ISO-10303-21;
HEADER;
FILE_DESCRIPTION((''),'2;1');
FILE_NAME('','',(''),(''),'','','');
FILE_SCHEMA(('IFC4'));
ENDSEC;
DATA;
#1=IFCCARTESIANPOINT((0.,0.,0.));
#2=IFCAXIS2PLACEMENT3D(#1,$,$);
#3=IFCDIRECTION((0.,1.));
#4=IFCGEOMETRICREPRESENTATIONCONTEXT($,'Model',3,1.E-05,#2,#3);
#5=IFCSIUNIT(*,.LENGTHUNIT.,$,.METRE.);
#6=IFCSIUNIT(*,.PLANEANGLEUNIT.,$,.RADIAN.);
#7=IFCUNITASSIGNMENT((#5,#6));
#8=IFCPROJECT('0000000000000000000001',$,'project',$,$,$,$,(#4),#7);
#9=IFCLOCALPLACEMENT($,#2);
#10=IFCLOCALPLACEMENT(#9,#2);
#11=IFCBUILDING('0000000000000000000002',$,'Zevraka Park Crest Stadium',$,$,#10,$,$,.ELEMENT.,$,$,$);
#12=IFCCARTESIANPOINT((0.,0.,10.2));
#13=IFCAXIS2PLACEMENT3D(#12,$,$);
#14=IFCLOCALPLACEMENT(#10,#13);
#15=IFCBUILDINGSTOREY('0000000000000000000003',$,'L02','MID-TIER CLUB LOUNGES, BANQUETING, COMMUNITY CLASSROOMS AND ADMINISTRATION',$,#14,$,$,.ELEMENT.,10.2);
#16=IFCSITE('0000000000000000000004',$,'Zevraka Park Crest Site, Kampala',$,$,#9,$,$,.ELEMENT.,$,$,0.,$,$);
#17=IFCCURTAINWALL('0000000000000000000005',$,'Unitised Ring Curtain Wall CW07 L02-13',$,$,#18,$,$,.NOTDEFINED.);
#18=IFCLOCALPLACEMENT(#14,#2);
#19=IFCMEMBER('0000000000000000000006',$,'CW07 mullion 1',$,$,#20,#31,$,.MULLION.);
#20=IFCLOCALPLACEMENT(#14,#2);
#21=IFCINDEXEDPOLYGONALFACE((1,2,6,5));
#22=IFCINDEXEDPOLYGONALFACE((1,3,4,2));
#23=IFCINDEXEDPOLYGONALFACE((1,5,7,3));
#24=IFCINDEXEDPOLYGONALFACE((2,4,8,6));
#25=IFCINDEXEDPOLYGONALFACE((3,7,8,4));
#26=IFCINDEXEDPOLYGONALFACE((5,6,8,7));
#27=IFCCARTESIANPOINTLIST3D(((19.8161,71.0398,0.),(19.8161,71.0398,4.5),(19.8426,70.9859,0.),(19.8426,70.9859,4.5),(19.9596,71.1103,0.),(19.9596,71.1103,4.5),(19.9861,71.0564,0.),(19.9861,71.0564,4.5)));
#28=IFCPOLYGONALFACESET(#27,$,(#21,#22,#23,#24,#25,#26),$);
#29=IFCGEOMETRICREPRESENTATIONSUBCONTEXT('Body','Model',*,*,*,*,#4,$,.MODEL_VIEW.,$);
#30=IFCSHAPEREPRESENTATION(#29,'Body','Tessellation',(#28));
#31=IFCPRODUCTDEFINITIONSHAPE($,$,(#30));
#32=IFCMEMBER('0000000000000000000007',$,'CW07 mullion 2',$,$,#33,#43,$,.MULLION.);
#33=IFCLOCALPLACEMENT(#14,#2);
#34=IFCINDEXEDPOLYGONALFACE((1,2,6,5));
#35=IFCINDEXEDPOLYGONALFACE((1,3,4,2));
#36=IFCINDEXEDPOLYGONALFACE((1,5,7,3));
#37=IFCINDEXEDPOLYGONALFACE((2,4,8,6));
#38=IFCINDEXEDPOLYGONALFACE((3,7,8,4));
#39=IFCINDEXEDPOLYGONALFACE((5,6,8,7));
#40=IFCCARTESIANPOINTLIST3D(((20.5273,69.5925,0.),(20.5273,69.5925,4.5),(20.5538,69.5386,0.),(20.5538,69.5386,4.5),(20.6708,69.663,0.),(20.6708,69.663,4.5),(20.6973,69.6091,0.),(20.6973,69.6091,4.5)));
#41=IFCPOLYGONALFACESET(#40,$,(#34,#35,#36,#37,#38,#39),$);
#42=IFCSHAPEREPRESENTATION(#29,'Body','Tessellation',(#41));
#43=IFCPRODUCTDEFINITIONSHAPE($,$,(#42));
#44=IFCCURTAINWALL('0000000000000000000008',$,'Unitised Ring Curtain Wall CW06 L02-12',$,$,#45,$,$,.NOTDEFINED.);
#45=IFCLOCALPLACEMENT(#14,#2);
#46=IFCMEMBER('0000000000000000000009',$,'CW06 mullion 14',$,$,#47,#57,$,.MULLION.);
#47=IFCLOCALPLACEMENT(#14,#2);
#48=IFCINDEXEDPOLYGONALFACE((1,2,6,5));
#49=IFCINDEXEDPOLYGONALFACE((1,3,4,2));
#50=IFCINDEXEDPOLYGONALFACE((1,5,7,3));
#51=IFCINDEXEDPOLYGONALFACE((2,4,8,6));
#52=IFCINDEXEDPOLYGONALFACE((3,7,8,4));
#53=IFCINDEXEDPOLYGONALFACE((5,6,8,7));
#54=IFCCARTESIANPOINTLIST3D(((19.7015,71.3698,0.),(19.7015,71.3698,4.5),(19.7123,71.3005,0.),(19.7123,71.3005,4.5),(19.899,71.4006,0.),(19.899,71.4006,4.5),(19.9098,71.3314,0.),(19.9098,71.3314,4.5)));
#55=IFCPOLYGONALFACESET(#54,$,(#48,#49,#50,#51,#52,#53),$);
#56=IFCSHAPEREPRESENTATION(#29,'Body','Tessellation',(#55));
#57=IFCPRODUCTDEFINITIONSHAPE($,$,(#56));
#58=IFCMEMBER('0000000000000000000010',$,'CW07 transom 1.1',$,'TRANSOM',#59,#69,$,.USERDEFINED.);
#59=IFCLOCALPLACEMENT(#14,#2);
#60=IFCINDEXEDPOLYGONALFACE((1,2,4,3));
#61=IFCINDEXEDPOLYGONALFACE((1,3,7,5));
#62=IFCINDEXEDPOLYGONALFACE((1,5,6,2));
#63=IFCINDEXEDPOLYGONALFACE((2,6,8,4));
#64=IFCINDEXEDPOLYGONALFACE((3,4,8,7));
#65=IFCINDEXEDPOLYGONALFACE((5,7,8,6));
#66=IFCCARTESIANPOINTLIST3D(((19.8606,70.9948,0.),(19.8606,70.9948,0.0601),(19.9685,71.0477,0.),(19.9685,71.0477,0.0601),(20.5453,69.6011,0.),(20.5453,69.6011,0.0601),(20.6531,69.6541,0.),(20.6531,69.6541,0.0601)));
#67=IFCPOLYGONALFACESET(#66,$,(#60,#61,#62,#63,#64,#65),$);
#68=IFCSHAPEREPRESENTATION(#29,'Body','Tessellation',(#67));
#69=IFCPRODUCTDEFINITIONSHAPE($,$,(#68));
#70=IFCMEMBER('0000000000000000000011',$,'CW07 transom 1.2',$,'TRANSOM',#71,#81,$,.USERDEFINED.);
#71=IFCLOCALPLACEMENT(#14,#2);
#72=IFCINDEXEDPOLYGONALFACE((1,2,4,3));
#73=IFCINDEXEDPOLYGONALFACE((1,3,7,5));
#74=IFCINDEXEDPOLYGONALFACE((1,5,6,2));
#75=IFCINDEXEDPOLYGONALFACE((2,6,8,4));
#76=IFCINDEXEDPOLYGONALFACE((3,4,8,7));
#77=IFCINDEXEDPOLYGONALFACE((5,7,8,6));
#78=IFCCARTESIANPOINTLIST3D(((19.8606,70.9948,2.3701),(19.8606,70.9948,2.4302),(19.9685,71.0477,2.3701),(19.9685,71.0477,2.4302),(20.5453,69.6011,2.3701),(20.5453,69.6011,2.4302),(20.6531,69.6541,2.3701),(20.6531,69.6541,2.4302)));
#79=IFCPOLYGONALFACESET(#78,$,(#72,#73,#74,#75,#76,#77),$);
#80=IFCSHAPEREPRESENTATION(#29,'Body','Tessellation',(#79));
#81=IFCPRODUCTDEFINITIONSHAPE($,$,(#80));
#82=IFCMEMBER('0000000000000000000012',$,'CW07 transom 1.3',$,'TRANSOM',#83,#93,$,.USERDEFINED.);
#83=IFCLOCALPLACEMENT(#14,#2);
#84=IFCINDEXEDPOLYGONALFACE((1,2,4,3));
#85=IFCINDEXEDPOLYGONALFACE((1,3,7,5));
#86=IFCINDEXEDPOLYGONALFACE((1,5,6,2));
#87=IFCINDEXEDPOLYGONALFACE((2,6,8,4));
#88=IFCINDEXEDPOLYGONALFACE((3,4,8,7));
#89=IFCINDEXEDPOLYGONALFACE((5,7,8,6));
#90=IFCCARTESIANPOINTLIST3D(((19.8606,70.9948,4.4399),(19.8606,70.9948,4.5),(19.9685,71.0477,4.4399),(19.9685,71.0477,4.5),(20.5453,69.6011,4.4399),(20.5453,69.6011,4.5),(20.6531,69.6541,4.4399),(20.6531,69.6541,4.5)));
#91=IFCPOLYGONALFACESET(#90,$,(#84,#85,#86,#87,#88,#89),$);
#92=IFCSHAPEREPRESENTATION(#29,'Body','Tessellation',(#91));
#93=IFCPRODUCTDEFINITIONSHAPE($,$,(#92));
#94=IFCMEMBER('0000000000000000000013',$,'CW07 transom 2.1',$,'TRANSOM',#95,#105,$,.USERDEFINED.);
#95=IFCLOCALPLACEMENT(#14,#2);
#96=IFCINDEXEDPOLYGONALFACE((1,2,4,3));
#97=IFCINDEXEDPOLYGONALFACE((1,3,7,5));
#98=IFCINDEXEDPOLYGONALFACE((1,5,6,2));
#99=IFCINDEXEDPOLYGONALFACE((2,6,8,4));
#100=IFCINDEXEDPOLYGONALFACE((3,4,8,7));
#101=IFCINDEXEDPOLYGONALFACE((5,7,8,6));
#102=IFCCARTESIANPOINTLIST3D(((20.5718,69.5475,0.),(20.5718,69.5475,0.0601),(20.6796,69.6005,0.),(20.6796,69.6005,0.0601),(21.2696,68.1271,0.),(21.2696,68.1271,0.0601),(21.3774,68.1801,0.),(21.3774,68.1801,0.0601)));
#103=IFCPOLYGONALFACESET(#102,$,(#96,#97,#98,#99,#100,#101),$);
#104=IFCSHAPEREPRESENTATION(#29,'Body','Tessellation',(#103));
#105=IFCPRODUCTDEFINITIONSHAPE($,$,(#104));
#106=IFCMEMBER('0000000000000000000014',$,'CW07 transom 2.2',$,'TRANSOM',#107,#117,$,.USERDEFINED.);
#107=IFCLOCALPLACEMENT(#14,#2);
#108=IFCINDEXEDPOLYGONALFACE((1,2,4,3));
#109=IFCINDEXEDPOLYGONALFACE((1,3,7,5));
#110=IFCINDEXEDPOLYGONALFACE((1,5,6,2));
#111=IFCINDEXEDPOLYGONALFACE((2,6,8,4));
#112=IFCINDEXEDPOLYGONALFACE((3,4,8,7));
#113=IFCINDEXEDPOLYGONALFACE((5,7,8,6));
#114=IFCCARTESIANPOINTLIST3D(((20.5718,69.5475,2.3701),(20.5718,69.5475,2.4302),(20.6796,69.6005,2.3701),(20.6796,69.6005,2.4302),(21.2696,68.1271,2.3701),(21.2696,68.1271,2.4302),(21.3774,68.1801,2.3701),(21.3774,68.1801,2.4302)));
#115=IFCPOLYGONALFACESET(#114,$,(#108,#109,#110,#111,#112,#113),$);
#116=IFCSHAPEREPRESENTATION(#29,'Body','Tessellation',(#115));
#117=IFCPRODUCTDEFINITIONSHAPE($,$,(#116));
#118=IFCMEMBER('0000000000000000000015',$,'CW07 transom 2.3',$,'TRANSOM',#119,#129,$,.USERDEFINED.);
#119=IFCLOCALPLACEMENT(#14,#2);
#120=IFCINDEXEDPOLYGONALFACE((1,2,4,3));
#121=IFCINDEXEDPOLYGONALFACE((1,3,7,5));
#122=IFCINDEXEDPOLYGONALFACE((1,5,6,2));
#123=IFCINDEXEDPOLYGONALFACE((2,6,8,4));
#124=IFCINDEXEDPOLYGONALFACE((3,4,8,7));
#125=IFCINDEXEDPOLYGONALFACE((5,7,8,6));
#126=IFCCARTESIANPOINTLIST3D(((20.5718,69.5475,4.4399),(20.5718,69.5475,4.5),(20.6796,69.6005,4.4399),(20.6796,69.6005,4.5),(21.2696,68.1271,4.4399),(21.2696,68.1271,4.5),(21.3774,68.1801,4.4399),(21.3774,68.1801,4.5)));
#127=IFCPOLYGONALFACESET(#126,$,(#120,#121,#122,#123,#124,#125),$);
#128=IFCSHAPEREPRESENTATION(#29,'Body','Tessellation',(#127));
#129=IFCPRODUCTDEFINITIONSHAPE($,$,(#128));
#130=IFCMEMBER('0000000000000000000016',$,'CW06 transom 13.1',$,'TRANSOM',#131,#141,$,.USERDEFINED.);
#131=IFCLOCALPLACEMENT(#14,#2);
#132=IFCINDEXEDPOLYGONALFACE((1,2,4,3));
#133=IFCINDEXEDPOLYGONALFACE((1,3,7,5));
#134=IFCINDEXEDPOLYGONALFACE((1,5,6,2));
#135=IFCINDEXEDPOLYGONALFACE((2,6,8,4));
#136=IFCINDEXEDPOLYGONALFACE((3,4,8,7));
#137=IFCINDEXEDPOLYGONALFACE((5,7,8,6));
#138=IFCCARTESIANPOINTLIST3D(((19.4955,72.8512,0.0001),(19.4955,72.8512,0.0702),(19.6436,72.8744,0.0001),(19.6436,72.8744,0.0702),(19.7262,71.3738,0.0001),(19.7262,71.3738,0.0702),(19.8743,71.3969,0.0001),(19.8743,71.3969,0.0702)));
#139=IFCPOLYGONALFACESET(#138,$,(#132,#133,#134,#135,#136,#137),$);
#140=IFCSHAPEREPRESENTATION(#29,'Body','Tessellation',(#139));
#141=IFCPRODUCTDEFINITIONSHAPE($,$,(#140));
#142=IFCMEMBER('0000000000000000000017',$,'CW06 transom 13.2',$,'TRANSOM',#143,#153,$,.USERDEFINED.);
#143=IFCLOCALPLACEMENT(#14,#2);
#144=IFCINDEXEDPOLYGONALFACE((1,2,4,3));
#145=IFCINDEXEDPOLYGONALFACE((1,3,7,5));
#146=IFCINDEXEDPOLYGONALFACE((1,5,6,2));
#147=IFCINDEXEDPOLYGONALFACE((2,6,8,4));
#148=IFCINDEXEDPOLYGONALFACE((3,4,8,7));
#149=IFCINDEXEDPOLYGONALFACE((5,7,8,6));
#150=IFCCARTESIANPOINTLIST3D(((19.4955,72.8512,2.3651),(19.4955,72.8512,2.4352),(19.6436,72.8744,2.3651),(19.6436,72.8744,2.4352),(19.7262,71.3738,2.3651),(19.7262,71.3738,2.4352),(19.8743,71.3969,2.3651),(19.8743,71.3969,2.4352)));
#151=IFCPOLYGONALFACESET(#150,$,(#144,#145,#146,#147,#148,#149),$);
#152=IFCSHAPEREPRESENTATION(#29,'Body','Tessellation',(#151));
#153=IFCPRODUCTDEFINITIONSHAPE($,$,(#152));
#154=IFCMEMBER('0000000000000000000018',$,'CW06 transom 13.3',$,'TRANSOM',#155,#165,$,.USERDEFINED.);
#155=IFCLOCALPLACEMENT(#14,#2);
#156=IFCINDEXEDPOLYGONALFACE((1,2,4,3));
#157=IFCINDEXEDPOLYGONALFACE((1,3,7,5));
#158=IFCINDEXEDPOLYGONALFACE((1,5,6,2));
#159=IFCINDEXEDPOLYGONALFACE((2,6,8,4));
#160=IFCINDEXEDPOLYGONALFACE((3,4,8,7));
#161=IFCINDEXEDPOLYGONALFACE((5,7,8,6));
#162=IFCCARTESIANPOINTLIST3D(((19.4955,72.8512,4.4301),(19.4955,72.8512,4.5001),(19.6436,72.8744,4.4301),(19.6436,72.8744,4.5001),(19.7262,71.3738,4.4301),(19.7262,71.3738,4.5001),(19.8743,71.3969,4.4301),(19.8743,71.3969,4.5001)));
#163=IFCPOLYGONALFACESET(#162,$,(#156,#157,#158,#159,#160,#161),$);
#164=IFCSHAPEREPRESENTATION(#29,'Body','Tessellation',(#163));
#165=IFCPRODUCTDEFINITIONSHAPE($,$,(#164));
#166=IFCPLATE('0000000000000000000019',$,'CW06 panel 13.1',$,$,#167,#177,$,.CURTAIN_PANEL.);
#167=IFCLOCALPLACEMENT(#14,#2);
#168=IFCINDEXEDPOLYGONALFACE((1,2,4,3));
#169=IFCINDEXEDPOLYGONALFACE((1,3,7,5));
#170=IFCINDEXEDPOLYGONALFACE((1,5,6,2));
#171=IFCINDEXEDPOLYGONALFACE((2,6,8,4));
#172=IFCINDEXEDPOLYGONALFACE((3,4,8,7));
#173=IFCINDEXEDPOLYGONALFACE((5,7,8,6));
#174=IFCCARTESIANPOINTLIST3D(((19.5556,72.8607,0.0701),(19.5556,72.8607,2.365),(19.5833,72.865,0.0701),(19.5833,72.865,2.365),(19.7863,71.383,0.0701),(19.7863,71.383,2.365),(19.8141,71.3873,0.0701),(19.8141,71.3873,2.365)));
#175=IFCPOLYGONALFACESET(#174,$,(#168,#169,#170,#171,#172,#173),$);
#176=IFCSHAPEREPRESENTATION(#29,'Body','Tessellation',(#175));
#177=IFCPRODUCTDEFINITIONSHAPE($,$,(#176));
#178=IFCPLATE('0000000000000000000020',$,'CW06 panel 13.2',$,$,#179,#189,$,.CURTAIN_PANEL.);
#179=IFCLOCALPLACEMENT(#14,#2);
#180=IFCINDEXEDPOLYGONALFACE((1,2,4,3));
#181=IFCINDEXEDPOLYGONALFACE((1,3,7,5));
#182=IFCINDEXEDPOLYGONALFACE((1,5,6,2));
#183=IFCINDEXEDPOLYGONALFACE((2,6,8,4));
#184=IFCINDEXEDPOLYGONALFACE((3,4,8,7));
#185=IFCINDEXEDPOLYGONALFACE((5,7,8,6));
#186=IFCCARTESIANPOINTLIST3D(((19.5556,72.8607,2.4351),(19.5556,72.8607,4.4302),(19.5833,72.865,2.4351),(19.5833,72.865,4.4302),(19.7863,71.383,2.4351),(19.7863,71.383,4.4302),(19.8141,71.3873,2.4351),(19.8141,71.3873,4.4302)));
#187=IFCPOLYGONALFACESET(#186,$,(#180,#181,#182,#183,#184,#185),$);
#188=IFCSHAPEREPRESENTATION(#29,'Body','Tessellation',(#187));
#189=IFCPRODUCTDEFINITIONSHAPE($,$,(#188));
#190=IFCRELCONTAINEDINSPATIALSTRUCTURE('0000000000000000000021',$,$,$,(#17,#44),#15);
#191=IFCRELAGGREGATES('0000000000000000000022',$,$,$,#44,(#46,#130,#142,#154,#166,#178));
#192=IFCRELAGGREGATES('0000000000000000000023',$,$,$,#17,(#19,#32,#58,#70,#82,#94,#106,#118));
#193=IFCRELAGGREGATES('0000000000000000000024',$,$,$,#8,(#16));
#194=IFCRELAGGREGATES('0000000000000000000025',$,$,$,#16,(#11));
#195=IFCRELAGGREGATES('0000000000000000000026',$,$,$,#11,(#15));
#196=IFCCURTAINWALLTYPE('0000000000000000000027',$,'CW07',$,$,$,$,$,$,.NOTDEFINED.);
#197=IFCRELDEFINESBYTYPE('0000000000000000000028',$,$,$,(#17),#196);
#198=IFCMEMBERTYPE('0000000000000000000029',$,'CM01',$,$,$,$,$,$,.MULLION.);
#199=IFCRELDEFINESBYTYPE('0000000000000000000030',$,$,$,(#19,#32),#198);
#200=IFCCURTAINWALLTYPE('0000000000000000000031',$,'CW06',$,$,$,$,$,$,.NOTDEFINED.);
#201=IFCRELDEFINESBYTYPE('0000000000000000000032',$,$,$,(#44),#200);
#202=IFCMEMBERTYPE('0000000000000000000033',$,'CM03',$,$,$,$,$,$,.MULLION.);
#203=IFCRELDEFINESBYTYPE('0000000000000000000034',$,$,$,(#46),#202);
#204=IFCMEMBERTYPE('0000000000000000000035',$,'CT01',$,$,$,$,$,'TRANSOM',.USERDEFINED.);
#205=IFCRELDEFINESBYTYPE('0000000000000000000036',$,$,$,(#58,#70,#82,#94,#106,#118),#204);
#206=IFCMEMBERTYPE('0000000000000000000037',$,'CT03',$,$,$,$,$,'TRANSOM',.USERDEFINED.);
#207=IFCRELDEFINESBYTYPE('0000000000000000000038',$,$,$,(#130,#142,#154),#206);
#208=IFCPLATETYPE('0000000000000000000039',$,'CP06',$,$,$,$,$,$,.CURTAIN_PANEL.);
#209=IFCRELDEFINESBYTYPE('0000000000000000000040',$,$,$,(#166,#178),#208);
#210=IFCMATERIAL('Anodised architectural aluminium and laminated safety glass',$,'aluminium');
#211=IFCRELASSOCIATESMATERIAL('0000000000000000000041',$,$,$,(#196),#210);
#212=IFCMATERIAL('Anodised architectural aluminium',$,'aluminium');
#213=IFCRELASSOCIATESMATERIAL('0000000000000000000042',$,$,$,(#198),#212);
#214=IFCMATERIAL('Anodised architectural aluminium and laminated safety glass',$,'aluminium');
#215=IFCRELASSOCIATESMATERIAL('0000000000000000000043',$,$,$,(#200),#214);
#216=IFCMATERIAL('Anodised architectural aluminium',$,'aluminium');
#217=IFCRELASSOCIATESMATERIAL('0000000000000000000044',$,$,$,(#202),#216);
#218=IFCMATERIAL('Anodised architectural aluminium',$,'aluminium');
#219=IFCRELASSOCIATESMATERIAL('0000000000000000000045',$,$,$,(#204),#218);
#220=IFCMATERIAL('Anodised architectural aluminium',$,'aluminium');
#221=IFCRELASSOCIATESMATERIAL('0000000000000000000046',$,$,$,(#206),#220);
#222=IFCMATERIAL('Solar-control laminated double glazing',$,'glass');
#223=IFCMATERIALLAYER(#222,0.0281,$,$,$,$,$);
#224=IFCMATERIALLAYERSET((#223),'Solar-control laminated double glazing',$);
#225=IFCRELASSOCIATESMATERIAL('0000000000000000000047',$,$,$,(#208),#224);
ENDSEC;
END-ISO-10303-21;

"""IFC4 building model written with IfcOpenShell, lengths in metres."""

from ifc_helpers import new_model, si_unit, direction, frame, origin, origin_2d, place, context, subcontext, project, spatial, rectangle, extrude, material, layer, layer_set, material_profile, profile_set, type_object, element, aggregate, save


model = new_model("IFC4")

# Units and contexts
model_context = context("Model", 3, precision=1e-05, world=origin(), true_north=direction((0.0, 1.0)))
body_context = subcontext(model_context, "Body", "Model", "MODEL_VIEW")
ifc_project = project(units=[si_unit("LENGTHUNIT", "METRE"), si_unit("PLANEANGLEUNIT", "RADIAN")], contexts=[model_context])

# Site, building, storey
site_placement = place(None, origin())
site = spatial("IfcSite", under=ifc_project, at=site_placement, Name="Zevraka Park Crest Site, Kampala", CompositionType="ELEMENT", RefElevation=0.0)
building_placement = place(site_placement, origin())
building = spatial("IfcBuilding", under=site, at=building_placement, Name="Zevraka Park Crest Stadium", CompositionType="ELEMENT")
storey_placement = place(building_placement, frame((0.0, 0.0, 10.2)))
storey = spatial("IfcBuildingStorey", under=building, at=storey_placement, Name="L02", Description="MID-TIER CLUB LOUNGES, BANQUETING, COMMUNITY CLASSROOMS AND ADMINISTRATION", CompositionType="ELEMENT", Elevation=10.2)

# Curtain wall, members
ifc_material_1 = material(Name="Anodised architectural aluminium and laminated safety glass", Category="aluminium")
curtain_wall_type_1 = type_object("IfcCurtainWallType", Name="CW07", PredefinedType="NOTDEFINED", material=ifc_material_1)
curtain_wall_1_placement = place(storey_placement, origin())
curtain_wall_1 = element("IfcCurtainWall", 1, at=curtain_wall_1_placement, inside=storey, type_object=curtain_wall_type_1, Name="Unitised Ring Curtain Wall CW07 L02-13", PredefinedType="NOTDEFINED")
ifc_material_2 = material(Name="Anodised architectural aluminium", Category="aluminium")
ifc_material_profile_1 = material_profile(ifc_material_2, rectangle(XDim=0.1599, YDim=0.0601, at=origin_2d()), Name="ALU MULLION 160x60")
ifc_profile_set_1 = profile_set([ifc_material_profile_1], Name="Anodised architectural aluminium")
member_type_1 = type_object("IfcMemberType", Name="CM01", PredefinedType="MULLION", material=ifc_profile_set_1)
member_1_placement = place(storey_placement, frame((19.9011, 71.0481, 0.0), z_axis=(0.0, 0.0, 1.0), x_axis=(0.897497, 0.441021, 0.0)))
member_1 = element("IfcMember", 2, at=member_1_placement, type_object=member_type_1, Name="CW07 mullion 1", PredefinedType="MULLION", context=body_context, shape_type="SweptSolid", body=[
    extrude(rectangle(XDim=0.1599, YDim=0.0601, at=origin_2d()), origin(), (0.0, 0.0, 1.0), 4.5),
])
member_2_placement = place(storey_placement, frame((20.6123, 69.6008, 0.0), z_axis=(0.0, 0.0, 1.0), x_axis=(0.897497, 0.441021, 0.0)))
member_2 = element("IfcMember", 3, at=member_2_placement, type_object=member_type_1, Name="CW07 mullion 2", PredefinedType="MULLION", context=body_context, shape_type="SweptSolid", body=[
    extrude(rectangle(XDim=0.1599, YDim=0.0601, at=origin_2d()), origin(), (0.0, 0.0, 1.0), 4.5),
])

# Curtain wall, member
ifc_material_3 = material(Name="Anodised architectural aluminium and laminated safety glass", Category="aluminium")
curtain_wall_type_2 = type_object("IfcCurtainWallType", Name="CW06", PredefinedType="NOTDEFINED", material=ifc_material_3)
curtain_wall_2_placement = place(storey_placement, origin())
curtain_wall_2 = element("IfcCurtainWall", 4, at=curtain_wall_2_placement, inside=storey, type_object=curtain_wall_type_2, Name="Unitised Ring Curtain Wall CW06 L02-12", PredefinedType="NOTDEFINED")
ifc_material_4 = material(Name="Anodised architectural aluminium", Category="aluminium")
ifc_material_profile_2 = material_profile(ifc_material_4, rectangle(XDim=0.2, YDim=0.0701, at=origin_2d()), Name="ALU MULLION 200x70")
ifc_profile_set_2 = profile_set([ifc_material_profile_2], Name="Anodised architectural aluminium")
member_type_2 = type_object("IfcMemberType", Name="CM03", PredefinedType="MULLION", material=ifc_profile_set_2)
member_3_placement = place(storey_placement, frame((19.8057, 71.3506, 0.0), z_axis=(0.0, 0.0, 1.0), x_axis=(0.988028, 0.154274, 0.0)))
member_3 = element("IfcMember", 5, at=member_3_placement, type_object=member_type_2, Name="CW06 mullion 14", PredefinedType="MULLION", context=body_context, shape_type="SweptSolid", body=[
    extrude(rectangle(XDim=0.2, YDim=0.0701, at=origin_2d()), origin(), (0.0, 0.0, 1.0), 4.5),
])

# Members
ifc_material_5 = material(Name="Anodised architectural aluminium", Category="aluminium")
ifc_material_profile_3 = material_profile(ifc_material_5, rectangle(XDim=0.1201, YDim=0.0601, at=origin_2d()), Name="ALU TRANSOM 120x60")
ifc_profile_set_3 = profile_set([ifc_material_profile_3], Name="Anodised architectural aluminium")
member_type_3 = type_object("IfcMemberType", Name="CT01", ElementType="TRANSOM", PredefinedType="USERDEFINED", material=ifc_profile_set_3)
member_4_placement = place(storey_placement, frame((19.9146, 71.0212, 0.03), z_axis=(0.440913, -0.89755, 0.0), x_axis=(0.89755, 0.440913, 0.0)))
member_4 = element("IfcMember", 6, at=member_4_placement, type_object=member_type_3, Name="CW07 transom 1.1", ObjectType="TRANSOM", PredefinedType="USERDEFINED", context=body_context, shape_type="SweptSolid", body=[
    extrude(rectangle(XDim=0.1201, YDim=0.0601, at=origin_2d()), origin(), (0.0, 0.0, 1.0), 1.5527),
])
member_5_placement = place(storey_placement, frame((19.9146, 71.0212, 2.4001), z_axis=(0.440913, -0.89755, 0.0), x_axis=(0.89755, 0.440913, 0.0)))
member_5 = element("IfcMember", 7, at=member_5_placement, type_object=member_type_3, Name="CW07 transom 1.2", ObjectType="TRANSOM", PredefinedType="USERDEFINED", context=body_context, shape_type="SweptSolid", body=[
    extrude(rectangle(XDim=0.1201, YDim=0.0601, at=origin_2d()), origin(), (0.0, 0.0, 1.0), 1.5527),
])
member_6_placement = place(storey_placement, frame((19.9146, 71.0212, 4.47), z_axis=(0.440913, -0.89755, 0.0), x_axis=(0.89755, 0.440913, 0.0)))
member_6 = element("IfcMember", 8, at=member_6_placement, type_object=member_type_3, Name="CW07 transom 1.3", ObjectType="TRANSOM", PredefinedType="USERDEFINED", context=body_context, shape_type="SweptSolid", body=[
    extrude(rectangle(XDim=0.1201, YDim=0.0601, at=origin_2d()), origin(), (0.0, 0.0, 1.0), 1.5527),
])
member_7_placement = place(storey_placement, frame((20.6257, 69.574, 0.03), z_axis=(0.440908, -0.897552, 0.0), x_axis=(0.897552, 0.440908, 0.0)))
member_7 = element("IfcMember", 9, at=member_7_placement, type_object=member_type_3, Name="CW07 transom 2.1", ObjectType="TRANSOM", PredefinedType="USERDEFINED", context=body_context, shape_type="SweptSolid", body=[
    extrude(rectangle(XDim=0.1201, YDim=0.0601, at=origin_2d()), origin(), (0.0, 0.0, 1.0), 1.5825),
])
member_8_placement = place(storey_placement, frame((20.6257, 69.574, 2.4001), z_axis=(0.440908, -0.897552, 0.0), x_axis=(0.897552, 0.440908, 0.0)))
member_8 = element("IfcMember", 10, at=member_8_placement, type_object=member_type_3, Name="CW07 transom 2.2", ObjectType="TRANSOM", PredefinedType="USERDEFINED", context=body_context, shape_type="SweptSolid", body=[
    extrude(rectangle(XDim=0.1201, YDim=0.0601, at=origin_2d()), origin(), (0.0, 0.0, 1.0), 1.5825),
])
member_9_placement = place(storey_placement, frame((20.6257, 69.574, 4.47), z_axis=(0.440908, -0.897552, 0.0), x_axis=(0.897552, 0.440908, 0.0)))
member_9 = element("IfcMember", 11, at=member_9_placement, type_object=member_type_3, Name="CW07 transom 2.3", ObjectType="TRANSOM", PredefinedType="USERDEFINED", context=body_context, shape_type="SweptSolid", body=[
    extrude(rectangle(XDim=0.1201, YDim=0.0601, at=origin_2d()), origin(), (0.0, 0.0, 1.0), 1.5825),
])
ifc_material_6 = material(Name="Anodised architectural aluminium", Category="aluminium")
ifc_material_profile_4 = material_profile(ifc_material_6, rectangle(XDim=0.1499, YDim=0.0701, at=origin_2d()), Name="ALU TRANSOM 150x70")
ifc_profile_set_4 = profile_set([ifc_material_profile_4], Name="Anodised architectural aluminium")
member_type_4 = type_object("IfcMemberType", Name="CT03", ElementType="TRANSOM", PredefinedType="USERDEFINED", material=ifc_profile_set_4)
member_10_placement = place(storey_placement, frame((19.5696, 72.8628, 0.0352), z_axis=(0.154277, -0.988028, 0.0), x_axis=(0.988028, 0.154277, 0.0)))
member_10 = element("IfcMember", 12, at=member_10_placement, type_object=member_type_4, Name="CW06 transom 13.1", ObjectType="TRANSOM", PredefinedType="USERDEFINED", context=body_context, shape_type="SweptSolid", body=[
    extrude(rectangle(XDim=0.1499, YDim=0.0701, at=origin_2d()), origin(), (0.0, 0.0, 1.0), 1.4954),
])
member_11_placement = place(storey_placement, frame((19.5696, 72.8628, 2.4001), z_axis=(0.154277, -0.988028, 0.0), x_axis=(0.988028, 0.154277, 0.0)))
member_11 = element("IfcMember", 13, at=member_11_placement, type_object=member_type_4, Name="CW06 transom 13.2", ObjectType="TRANSOM", PredefinedType="USERDEFINED", context=body_context, shape_type="SweptSolid", body=[
    extrude(rectangle(XDim=0.1499, YDim=0.0701, at=origin_2d()), origin(), (0.0, 0.0, 1.0), 1.4954),
])
member_12_placement = place(storey_placement, frame((19.5696, 72.8628, 4.4651), z_axis=(0.154277, -0.988028, 0.0), x_axis=(0.988028, 0.154277, 0.0)))
member_12 = element("IfcMember", 14, at=member_12_placement, type_object=member_type_4, Name="CW06 transom 13.3", ObjectType="TRANSOM", PredefinedType="USERDEFINED", context=body_context, shape_type="SweptSolid", body=[
    extrude(rectangle(XDim=0.1499, YDim=0.0701, at=origin_2d()), origin(), (0.0, 0.0, 1.0), 1.4954),
])

# Plates
ifc_material_7 = material(Name="Solar-control laminated double glazing", Category="glass")
ifc_layer_1 = layer(ifc_material_7, 0.0281)
ifc_layer_set_1 = layer_set([ifc_layer_1], Name="Solar-control laminated double glazing")
plate_type_1 = type_object("IfcPlateType", Name="CP06", PredefinedType="CURTAIN_PANEL", material=ifc_layer_set_1)
plate_1_placement = place(storey_placement, frame((19.6848, 72.124, 0.0701), z_axis=(0.0, 0.0, 1.0), x_axis=(0.154274, -0.988028, 0.0)))
plate_1 = element("IfcPlate", 15, at=plate_1_placement, type_object=plate_type_1, Name="CW06 panel 13.1", PredefinedType="CURTAIN_PANEL", context=body_context, shape_type="SweptSolid", body=[
    extrude(rectangle(XDim=1.4956, YDim=0.0281, at=origin_2d()), origin(), (0.0, 0.0, 1.0), 2.2949),
])
plate_2_placement = place(storey_placement, frame((19.6848, 72.124, 2.4351), z_axis=(0.0, 0.0, 1.0), x_axis=(0.154274, -0.988028, 0.0)))
plate_2 = element("IfcPlate", 16, at=plate_2_placement, type_object=plate_type_1, Name="CW06 panel 13.2", PredefinedType="CURTAIN_PANEL", context=body_context, shape_type="SweptSolid", body=[
    extrude(rectangle(XDim=1.4956, YDim=0.0281, at=origin_2d()), origin(), (0.0, 0.0, 1.0), 1.9951),
])
aggregate(curtain_wall_2, [member_3, member_10, member_11, member_12, plate_1, plate_2])
aggregate(curtain_wall_1, [member_1, member_2, member_4, member_5, member_6, member_7, member_8, member_9])

save(model, "model.ifc")
